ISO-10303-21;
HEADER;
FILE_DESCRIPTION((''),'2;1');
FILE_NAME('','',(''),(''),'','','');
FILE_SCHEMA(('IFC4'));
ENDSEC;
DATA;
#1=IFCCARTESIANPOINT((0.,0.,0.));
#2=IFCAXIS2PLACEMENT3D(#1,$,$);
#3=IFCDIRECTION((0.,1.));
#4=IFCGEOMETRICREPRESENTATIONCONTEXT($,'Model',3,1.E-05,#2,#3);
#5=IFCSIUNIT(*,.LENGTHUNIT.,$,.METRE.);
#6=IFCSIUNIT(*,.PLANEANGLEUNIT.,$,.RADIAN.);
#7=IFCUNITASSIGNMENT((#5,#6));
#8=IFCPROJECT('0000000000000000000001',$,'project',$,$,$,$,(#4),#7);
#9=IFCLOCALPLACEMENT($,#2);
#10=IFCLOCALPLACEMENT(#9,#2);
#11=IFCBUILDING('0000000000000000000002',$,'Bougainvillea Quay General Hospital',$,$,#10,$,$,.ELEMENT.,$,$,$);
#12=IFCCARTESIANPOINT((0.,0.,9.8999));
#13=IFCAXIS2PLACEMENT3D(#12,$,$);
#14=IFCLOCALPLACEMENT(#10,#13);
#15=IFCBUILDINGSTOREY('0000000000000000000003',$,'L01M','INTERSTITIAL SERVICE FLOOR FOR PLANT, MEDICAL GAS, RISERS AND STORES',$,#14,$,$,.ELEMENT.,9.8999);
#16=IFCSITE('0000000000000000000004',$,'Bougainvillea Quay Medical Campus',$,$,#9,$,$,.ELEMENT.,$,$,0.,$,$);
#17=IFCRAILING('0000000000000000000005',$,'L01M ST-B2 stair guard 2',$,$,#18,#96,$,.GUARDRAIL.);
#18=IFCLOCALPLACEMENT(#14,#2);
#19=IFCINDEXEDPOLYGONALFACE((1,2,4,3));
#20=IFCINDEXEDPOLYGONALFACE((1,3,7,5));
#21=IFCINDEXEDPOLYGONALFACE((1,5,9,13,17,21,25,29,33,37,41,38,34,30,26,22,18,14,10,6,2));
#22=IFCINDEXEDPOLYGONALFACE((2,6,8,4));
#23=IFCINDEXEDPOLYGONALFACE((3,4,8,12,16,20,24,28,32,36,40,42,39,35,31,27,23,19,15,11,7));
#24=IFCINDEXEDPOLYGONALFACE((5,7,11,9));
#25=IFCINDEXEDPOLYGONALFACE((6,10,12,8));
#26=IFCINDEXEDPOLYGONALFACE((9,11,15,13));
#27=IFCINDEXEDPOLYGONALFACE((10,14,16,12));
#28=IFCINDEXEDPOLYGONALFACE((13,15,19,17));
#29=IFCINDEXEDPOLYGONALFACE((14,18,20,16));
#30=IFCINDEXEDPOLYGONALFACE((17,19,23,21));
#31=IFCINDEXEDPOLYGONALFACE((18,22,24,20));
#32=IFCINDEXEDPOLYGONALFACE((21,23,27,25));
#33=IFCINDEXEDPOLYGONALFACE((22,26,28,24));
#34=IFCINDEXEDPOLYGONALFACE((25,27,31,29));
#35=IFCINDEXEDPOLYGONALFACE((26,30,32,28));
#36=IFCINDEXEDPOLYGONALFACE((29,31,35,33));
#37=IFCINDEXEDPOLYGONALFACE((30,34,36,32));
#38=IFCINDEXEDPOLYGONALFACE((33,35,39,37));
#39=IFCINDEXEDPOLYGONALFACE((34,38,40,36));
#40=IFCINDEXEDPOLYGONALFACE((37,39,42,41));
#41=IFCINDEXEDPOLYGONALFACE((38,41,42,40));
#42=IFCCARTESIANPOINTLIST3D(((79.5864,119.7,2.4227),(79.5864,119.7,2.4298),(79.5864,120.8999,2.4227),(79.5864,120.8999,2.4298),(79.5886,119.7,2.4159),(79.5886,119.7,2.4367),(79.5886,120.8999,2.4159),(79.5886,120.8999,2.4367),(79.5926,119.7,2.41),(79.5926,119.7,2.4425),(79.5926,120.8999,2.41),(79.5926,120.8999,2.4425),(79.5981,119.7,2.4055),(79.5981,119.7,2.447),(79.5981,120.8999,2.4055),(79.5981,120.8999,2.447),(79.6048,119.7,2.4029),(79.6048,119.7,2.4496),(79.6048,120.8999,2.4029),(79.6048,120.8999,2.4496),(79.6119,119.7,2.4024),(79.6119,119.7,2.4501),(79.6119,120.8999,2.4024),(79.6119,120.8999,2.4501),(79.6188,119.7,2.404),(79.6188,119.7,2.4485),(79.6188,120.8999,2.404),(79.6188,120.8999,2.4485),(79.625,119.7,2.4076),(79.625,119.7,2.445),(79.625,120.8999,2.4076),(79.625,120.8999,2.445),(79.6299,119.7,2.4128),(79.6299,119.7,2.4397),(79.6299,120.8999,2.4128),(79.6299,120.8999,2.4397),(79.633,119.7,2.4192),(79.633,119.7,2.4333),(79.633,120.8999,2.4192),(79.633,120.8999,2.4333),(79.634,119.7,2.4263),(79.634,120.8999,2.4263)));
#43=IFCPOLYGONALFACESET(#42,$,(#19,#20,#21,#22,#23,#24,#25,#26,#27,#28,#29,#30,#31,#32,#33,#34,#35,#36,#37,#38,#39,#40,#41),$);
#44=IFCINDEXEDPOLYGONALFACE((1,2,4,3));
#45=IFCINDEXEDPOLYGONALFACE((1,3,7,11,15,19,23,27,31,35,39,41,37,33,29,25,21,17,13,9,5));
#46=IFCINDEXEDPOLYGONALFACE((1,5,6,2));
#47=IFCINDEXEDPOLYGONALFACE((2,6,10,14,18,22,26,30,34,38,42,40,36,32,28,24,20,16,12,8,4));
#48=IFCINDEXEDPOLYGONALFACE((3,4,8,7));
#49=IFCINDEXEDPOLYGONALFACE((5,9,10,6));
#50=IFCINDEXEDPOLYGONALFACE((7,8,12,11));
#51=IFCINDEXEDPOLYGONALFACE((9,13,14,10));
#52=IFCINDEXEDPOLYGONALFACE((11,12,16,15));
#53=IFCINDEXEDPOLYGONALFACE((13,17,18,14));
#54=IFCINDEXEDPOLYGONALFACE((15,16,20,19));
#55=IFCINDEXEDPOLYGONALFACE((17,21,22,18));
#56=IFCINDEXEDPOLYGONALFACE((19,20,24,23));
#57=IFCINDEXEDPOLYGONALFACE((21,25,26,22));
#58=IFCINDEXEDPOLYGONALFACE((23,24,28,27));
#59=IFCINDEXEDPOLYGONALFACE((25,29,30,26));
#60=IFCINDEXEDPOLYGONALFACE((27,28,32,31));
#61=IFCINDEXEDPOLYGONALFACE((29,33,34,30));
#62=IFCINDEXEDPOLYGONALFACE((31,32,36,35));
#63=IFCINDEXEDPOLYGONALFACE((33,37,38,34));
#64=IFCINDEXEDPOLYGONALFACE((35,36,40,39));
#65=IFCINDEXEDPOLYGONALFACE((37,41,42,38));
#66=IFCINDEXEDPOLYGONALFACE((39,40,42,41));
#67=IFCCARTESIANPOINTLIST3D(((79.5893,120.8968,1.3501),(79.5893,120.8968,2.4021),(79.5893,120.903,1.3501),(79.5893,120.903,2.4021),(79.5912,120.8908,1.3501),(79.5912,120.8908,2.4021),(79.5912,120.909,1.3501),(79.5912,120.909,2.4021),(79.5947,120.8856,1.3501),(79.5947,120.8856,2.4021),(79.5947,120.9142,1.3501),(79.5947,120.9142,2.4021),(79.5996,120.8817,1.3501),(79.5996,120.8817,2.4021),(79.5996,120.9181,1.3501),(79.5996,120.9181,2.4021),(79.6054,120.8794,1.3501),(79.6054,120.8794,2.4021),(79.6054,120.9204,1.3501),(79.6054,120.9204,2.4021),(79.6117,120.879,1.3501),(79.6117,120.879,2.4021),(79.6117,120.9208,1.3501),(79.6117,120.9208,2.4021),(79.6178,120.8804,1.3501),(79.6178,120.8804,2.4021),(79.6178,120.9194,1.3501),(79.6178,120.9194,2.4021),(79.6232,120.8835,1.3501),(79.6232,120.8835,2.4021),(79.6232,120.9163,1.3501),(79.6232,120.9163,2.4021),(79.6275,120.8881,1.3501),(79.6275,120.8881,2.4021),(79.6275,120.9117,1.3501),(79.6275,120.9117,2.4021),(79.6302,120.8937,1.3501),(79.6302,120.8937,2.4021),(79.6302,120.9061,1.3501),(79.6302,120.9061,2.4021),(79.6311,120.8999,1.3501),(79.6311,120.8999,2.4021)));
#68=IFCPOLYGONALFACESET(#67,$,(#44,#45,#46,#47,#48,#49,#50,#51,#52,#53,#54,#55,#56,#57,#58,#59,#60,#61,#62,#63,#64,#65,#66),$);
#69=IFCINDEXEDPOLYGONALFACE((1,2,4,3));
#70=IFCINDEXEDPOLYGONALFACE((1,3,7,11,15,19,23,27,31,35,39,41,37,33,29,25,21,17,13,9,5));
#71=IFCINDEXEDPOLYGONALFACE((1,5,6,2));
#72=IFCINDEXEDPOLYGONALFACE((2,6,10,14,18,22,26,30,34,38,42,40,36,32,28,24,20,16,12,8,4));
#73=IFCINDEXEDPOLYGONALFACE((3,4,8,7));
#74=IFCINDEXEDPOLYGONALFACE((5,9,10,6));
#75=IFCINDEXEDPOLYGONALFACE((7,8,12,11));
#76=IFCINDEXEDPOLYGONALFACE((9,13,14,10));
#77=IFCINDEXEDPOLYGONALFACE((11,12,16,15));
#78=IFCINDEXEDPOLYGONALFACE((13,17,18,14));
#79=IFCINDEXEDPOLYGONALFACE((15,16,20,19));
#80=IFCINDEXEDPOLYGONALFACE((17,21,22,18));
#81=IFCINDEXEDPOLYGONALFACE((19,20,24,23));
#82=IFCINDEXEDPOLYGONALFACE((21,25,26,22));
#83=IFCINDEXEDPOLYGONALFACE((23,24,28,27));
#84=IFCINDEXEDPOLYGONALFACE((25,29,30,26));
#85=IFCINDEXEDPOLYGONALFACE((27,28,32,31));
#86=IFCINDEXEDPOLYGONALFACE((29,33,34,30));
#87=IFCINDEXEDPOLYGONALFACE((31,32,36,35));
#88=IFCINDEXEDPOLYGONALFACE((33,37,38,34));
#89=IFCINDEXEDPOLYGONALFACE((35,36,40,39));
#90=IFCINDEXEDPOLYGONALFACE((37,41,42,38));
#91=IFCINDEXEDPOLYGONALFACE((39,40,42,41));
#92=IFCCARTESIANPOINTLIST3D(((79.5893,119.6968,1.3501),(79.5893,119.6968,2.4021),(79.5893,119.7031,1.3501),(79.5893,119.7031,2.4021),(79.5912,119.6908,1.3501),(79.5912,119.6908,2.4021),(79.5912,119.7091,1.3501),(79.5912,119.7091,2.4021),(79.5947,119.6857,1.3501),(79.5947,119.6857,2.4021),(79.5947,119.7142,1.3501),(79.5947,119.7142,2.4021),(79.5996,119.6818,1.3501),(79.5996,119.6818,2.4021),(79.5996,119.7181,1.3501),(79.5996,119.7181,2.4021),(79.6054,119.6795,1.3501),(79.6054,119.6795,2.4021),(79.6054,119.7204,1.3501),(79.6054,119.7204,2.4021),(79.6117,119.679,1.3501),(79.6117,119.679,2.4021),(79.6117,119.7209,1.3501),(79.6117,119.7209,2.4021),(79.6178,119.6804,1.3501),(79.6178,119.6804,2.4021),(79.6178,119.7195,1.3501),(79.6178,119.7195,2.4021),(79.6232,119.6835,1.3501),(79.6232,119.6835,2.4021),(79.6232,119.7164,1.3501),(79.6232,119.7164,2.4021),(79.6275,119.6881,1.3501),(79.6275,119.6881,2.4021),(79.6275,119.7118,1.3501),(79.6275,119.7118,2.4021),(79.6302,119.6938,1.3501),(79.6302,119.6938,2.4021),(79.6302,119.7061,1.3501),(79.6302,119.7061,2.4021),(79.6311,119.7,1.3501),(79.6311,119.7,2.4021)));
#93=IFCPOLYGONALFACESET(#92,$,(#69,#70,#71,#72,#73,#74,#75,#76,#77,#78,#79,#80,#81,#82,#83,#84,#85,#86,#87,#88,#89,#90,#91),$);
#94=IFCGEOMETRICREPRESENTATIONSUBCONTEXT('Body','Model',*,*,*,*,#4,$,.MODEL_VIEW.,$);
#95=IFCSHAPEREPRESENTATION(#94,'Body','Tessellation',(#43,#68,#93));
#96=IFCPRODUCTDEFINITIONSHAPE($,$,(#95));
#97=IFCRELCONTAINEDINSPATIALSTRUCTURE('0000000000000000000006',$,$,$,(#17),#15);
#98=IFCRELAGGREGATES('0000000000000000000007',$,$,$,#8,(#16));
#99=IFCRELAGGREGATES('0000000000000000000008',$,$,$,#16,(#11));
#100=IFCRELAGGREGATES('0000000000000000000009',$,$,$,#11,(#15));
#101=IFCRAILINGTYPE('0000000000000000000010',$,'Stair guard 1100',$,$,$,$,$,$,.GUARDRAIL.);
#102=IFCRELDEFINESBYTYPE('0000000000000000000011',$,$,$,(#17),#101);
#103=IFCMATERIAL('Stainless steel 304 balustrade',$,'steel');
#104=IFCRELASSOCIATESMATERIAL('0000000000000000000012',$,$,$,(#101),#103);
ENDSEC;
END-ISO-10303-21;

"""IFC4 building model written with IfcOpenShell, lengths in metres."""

from ifc_helpers import new_model, si_unit, direction, frame, origin, origin_2d, place, context, subcontext, project, spatial, circle, extrude, material, type_object, element, save


model = new_model("IFC4")

# Units and contexts
model_context = context("Model", 3, precision=1e-05, world=origin(), true_north=direction((0.0, 1.0)))
body_context = subcontext(model_context, "Body", "Model", "MODEL_VIEW")
ifc_project = project(units=[si_unit("LENGTHUNIT", "METRE"), si_unit("PLANEANGLEUNIT", "RADIAN")], contexts=[model_context])

# Site, building, storey
site_placement = place(None, origin())
site = spatial("IfcSite", under=ifc_project, at=site_placement, Name="Bougainvillea Quay Medical Campus", CompositionType="ELEMENT", RefElevation=0.0)
building_placement = place(site_placement, origin())
building = spatial("IfcBuilding", under=site, at=building_placement, Name="Bougainvillea Quay General Hospital", CompositionType="ELEMENT")
storey_placement = place(building_placement, frame((0.0, 0.0, 9.8999)))
storey = spatial("IfcBuildingStorey", under=building, at=storey_placement, Name="L01M", Description="INTERSTITIAL SERVICE FLOOR FOR PLANT, MEDICAL GAS, RISERS AND STORES", CompositionType="ELEMENT", Elevation=9.8999)

# Railing
ifc_material_1 = material(Name="Stainless steel 304 balustrade", Category="steel")
railing_type_1 = type_object("IfcRailingType", Name="Stair guard 1100", PredefinedType="GUARDRAIL", material=ifc_material_1)
railing_1_placement = place(storey_placement, frame((79.6101, 120.8999, 1.3501)))
element("IfcRailing", 1, at=railing_1_placement, inside=storey, type_object=railing_type_1, Name="L01M ST-B2 stair guard 2", PredefinedType="GUARDRAIL", context=body_context, shape_type="SweptSolid", body=[
    extrude(circle(Radius=0.0239, at=origin_2d()), frame((0.0, 0.0, 1.0762), z_axis=(0.0, -1.0, 0.0), x_axis=(1.0, 0.0, 0.0)), (0.0, 0.0, 1.0), 1.2),
    extrude(circle(Radius=0.021, at=origin_2d()), origin(), (0.0, 0.0, 1.0), 1.052),
    extrude(circle(Radius=0.021, at=origin_2d()), frame((0.0, -1.2, 0.0)), (0.0, 0.0, 1.0), 1.052),
])

save(model, "model.ifc")
